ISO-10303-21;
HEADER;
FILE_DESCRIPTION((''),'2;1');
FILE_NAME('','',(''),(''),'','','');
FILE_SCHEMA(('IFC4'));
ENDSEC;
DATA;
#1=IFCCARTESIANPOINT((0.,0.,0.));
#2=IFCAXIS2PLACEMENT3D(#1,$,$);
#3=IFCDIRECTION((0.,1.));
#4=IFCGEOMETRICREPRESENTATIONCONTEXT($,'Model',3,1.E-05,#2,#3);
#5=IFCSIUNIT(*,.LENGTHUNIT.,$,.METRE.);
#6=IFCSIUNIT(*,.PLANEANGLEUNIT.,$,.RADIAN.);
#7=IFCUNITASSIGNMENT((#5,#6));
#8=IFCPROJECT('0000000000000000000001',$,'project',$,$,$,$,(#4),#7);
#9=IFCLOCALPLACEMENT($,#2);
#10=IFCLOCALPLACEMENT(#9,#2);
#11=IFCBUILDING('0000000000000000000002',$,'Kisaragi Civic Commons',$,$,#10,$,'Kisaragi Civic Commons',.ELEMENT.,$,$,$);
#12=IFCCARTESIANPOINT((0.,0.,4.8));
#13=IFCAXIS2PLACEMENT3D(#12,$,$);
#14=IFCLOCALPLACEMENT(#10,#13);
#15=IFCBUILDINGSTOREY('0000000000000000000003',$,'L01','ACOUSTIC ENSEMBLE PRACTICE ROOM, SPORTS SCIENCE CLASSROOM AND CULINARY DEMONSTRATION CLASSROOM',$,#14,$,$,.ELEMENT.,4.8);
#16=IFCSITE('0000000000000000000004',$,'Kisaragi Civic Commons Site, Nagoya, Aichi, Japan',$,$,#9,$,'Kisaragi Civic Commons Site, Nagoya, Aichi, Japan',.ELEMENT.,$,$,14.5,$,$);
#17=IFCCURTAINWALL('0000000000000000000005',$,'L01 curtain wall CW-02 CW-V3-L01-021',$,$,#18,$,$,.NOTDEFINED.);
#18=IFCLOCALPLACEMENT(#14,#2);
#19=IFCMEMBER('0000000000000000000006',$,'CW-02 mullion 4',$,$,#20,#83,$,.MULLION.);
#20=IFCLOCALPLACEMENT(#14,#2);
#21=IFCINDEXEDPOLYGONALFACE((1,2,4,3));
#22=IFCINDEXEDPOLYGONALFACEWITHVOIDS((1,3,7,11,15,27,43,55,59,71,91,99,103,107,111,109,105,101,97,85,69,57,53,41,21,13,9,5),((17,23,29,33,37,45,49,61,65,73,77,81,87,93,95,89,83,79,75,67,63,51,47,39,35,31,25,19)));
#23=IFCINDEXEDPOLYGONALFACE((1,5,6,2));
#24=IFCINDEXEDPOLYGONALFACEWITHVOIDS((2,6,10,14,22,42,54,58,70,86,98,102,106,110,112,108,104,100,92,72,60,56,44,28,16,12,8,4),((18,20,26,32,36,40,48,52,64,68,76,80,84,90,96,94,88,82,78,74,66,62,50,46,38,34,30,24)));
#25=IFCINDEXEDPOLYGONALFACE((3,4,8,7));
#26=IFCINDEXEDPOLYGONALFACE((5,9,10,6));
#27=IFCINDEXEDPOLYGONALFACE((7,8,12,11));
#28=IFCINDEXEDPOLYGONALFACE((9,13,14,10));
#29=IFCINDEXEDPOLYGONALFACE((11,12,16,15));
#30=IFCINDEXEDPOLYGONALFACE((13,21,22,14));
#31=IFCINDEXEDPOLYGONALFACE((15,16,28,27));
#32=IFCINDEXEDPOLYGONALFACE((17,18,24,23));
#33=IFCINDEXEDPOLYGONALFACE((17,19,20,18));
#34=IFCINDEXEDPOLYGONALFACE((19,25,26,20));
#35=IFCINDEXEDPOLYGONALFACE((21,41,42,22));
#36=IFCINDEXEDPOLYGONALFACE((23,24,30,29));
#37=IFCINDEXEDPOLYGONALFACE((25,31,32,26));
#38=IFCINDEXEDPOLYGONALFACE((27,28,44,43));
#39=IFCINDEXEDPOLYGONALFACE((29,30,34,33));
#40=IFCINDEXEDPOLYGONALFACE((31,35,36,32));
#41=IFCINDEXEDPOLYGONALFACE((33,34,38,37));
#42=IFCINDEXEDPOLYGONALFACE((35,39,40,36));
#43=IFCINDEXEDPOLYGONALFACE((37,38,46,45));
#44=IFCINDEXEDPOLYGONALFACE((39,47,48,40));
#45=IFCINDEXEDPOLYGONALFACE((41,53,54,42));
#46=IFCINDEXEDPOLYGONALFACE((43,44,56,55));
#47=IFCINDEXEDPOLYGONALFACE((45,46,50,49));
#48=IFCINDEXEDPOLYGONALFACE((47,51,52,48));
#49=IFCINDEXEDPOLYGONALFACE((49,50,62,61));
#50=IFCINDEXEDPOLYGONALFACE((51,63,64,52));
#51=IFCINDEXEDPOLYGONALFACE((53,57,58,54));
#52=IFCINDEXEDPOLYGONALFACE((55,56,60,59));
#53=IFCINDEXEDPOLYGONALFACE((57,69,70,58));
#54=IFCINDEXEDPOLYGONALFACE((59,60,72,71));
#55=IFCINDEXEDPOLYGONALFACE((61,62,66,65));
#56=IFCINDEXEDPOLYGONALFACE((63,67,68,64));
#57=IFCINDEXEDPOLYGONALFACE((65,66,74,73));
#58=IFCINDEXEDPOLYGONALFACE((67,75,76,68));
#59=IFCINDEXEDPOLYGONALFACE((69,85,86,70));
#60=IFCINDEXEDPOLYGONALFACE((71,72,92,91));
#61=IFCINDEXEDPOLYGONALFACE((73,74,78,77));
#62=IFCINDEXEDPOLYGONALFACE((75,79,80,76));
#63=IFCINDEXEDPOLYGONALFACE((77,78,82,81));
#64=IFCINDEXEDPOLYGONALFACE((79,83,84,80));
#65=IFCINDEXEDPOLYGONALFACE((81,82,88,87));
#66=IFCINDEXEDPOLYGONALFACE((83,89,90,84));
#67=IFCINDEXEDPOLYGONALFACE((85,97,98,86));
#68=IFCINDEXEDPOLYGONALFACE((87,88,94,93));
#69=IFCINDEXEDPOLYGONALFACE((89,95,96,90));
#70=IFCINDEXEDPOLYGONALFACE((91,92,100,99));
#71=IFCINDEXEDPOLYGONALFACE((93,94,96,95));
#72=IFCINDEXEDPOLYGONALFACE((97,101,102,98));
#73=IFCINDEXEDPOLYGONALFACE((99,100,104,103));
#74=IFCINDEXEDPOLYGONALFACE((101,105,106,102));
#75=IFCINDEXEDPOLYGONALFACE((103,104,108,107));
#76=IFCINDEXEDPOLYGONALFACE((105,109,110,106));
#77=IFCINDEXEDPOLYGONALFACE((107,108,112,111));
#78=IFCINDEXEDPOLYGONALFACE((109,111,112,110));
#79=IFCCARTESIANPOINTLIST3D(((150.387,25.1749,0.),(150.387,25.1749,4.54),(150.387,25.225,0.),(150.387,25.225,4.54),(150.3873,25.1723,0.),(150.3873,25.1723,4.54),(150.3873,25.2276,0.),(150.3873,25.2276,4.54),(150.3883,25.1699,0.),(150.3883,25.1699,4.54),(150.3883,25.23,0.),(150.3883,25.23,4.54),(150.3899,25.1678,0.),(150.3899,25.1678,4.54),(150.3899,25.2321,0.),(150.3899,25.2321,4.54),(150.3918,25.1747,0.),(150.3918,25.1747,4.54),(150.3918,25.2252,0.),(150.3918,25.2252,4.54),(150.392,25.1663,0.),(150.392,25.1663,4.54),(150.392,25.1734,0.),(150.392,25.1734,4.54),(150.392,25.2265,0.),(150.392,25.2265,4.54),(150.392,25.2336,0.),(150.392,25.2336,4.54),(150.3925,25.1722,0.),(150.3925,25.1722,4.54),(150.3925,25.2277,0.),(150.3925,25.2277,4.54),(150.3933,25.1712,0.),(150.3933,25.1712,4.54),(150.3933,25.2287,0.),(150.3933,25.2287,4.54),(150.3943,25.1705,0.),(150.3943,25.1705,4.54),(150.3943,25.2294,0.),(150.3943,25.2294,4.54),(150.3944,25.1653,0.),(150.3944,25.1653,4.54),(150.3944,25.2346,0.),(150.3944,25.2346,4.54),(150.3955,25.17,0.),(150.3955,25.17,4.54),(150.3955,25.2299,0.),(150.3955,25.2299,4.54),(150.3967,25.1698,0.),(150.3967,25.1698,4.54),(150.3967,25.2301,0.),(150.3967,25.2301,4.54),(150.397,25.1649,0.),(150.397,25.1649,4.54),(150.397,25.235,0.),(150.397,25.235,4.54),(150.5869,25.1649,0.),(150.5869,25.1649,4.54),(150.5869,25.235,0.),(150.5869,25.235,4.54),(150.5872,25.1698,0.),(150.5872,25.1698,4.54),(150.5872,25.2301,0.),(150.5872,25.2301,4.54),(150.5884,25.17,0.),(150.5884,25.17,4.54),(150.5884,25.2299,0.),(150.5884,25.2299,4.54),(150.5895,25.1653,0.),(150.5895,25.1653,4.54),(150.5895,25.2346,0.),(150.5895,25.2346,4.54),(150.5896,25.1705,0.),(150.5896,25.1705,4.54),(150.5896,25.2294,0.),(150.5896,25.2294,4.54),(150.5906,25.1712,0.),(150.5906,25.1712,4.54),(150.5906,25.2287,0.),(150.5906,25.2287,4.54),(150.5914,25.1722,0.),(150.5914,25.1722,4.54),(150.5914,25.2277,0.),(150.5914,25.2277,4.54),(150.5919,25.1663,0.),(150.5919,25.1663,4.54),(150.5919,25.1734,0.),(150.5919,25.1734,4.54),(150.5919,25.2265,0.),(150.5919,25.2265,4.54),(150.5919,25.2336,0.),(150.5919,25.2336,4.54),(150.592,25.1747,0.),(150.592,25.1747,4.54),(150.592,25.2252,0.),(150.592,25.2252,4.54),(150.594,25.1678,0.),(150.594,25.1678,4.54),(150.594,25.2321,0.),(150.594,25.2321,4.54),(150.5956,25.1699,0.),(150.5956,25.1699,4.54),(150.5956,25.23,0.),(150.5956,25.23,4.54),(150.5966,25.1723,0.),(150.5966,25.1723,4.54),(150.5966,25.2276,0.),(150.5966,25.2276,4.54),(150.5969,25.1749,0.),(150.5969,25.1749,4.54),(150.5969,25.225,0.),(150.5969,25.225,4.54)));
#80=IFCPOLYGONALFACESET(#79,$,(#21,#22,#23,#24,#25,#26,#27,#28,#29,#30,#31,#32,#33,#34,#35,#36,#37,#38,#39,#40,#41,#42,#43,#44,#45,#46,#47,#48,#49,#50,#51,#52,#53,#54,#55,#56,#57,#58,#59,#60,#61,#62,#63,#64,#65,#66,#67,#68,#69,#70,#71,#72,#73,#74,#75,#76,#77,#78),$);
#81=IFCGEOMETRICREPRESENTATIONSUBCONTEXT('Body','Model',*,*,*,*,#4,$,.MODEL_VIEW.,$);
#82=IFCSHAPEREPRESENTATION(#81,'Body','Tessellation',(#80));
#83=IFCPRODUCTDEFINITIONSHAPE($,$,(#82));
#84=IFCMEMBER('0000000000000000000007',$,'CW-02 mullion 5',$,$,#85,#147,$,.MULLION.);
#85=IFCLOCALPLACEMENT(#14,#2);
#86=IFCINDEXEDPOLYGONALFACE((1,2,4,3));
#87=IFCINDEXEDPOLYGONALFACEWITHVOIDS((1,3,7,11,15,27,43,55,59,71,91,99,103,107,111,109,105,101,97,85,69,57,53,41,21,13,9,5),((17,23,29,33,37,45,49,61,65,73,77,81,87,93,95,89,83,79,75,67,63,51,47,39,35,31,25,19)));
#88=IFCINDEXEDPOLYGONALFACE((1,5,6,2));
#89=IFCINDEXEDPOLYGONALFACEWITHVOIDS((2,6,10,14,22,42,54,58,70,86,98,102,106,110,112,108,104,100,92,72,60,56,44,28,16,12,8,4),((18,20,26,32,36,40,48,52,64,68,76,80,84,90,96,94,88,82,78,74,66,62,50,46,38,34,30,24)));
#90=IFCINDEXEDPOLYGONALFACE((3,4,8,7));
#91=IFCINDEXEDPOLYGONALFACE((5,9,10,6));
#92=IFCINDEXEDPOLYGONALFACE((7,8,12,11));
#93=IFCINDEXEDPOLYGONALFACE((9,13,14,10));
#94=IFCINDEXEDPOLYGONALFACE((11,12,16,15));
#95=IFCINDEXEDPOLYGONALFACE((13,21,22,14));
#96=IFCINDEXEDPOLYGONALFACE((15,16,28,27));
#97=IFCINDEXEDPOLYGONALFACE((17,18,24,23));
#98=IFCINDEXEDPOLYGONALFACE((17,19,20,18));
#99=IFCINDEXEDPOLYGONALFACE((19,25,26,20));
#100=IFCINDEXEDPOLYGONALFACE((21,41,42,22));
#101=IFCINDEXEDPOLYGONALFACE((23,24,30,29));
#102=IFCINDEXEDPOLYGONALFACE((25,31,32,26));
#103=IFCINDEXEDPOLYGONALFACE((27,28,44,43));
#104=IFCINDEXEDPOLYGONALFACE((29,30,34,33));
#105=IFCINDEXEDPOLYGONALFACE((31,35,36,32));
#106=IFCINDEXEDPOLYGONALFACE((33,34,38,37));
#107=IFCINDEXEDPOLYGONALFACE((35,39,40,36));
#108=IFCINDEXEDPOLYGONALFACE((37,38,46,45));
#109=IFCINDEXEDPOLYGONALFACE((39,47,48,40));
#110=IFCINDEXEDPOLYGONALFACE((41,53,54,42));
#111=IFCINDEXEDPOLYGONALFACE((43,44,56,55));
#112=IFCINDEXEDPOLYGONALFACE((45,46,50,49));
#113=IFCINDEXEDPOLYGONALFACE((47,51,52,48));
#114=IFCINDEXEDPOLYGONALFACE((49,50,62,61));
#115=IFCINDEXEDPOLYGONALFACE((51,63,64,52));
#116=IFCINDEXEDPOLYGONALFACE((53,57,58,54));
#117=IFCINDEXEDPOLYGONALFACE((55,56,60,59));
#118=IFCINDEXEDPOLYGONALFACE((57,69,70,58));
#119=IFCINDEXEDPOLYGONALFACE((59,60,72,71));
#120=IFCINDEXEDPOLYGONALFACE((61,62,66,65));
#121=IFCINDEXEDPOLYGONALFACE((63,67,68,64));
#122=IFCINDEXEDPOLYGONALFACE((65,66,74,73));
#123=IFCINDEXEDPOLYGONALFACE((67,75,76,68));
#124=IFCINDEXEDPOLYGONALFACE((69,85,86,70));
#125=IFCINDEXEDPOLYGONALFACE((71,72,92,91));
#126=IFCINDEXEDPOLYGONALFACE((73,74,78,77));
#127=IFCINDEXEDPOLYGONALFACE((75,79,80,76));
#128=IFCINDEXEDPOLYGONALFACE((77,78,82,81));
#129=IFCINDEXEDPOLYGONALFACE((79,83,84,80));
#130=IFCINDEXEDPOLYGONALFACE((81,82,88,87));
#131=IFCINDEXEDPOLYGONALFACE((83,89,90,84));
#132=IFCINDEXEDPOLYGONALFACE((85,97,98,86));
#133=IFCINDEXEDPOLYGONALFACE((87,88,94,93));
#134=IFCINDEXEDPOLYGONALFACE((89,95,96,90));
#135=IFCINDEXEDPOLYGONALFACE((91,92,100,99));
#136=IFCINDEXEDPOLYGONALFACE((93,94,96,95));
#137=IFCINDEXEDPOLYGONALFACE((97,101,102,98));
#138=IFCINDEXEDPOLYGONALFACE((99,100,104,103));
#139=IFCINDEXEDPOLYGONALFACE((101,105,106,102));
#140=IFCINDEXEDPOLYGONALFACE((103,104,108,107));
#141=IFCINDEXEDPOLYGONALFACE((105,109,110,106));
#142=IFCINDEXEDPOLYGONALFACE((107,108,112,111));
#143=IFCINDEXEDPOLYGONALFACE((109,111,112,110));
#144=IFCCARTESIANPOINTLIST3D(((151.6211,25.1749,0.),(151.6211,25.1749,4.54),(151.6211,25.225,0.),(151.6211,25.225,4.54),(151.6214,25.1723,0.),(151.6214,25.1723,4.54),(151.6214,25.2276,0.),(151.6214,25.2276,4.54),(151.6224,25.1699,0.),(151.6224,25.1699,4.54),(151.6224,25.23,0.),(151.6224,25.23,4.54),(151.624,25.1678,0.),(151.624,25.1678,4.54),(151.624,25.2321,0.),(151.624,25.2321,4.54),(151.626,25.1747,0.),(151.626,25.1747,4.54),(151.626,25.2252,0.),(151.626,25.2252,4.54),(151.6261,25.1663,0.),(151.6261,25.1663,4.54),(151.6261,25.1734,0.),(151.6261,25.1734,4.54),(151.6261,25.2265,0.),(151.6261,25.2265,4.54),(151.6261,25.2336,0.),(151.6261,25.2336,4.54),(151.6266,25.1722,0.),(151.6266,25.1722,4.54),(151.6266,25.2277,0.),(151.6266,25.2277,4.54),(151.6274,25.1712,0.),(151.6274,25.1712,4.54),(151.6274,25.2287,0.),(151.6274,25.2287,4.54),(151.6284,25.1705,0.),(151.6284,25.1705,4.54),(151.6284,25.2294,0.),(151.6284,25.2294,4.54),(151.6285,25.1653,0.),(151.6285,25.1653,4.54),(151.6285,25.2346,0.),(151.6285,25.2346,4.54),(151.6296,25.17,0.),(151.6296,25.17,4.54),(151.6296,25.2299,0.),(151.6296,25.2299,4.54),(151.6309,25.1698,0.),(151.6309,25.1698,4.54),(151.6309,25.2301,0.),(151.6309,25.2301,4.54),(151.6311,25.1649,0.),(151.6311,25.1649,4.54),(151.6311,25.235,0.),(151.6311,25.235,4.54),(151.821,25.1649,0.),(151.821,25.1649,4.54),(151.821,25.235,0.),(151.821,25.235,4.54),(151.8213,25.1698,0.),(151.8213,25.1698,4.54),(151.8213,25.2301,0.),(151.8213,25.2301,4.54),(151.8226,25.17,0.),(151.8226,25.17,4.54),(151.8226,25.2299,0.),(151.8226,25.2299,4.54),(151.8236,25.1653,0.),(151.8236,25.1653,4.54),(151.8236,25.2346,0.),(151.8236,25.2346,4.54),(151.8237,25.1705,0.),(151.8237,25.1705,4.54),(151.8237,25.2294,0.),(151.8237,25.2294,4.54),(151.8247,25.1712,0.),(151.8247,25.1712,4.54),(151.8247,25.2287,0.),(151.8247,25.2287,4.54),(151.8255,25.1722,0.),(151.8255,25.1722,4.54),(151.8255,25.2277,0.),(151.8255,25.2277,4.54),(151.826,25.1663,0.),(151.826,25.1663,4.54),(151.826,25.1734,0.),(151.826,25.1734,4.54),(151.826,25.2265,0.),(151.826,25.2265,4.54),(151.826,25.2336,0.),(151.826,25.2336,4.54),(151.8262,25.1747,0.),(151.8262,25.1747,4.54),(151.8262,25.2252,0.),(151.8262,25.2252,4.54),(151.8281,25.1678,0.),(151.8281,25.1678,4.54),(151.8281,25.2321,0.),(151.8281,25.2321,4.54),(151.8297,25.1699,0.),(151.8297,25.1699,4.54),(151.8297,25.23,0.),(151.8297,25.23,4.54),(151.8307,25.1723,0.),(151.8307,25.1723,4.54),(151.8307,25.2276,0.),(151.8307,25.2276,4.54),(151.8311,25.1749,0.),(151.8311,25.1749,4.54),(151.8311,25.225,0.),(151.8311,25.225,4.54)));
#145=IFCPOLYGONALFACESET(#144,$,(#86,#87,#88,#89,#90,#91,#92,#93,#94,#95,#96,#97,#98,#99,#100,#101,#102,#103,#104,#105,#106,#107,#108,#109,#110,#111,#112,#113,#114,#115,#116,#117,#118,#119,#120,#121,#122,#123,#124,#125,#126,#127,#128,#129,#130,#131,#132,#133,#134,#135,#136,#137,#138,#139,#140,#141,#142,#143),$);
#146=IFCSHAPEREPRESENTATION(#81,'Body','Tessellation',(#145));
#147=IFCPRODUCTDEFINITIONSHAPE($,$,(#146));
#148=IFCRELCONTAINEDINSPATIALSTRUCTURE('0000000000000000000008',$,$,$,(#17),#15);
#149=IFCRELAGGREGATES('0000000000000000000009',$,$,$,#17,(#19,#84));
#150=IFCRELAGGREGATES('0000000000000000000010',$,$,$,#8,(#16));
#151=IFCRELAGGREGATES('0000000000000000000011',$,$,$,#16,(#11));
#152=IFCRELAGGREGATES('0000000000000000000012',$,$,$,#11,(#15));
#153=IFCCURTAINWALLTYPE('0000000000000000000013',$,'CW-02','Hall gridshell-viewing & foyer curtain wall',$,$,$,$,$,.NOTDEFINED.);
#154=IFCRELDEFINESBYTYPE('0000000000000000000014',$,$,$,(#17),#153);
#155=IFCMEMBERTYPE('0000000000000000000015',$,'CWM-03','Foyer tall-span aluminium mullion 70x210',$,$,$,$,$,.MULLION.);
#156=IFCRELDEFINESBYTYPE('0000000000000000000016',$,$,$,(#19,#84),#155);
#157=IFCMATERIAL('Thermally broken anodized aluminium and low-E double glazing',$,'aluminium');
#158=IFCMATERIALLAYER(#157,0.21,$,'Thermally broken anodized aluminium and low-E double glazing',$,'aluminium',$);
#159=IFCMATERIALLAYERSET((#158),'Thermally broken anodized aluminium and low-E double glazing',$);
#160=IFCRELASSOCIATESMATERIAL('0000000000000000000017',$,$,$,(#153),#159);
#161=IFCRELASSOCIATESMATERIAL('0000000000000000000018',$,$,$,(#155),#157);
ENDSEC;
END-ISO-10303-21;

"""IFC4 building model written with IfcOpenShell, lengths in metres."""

from ifc_helpers import new_model, si_unit, direction, frame, origin, origin_2d, place, context, subcontext, project, spatial, hollow_rectangle, extrude, material, layer, layer_set, material_profile, profile_set, type_object, element, aggregate, save


model = new_model("IFC4")

# Units and contexts
model_context = context("Model", 3, precision=1e-05, world=origin(), true_north=direction((0.0, 1.0)))
body_context = subcontext(model_context, "Body", "Model", "MODEL_VIEW")
ifc_project = project(units=[si_unit("LENGTHUNIT", "METRE"), si_unit("PLANEANGLEUNIT", "RADIAN")], contexts=[model_context])

# Site, building, storey
site_placement = place(None, origin())
site = spatial("IfcSite", under=ifc_project, at=site_placement, Name="Kisaragi Civic Commons Site, Nagoya, Aichi, Japan", LongName="Kisaragi Civic Commons Site, Nagoya, Aichi, Japan", CompositionType="ELEMENT", RefElevation=14.5)
building_placement = place(site_placement, origin())
building = spatial("IfcBuilding", under=site, at=building_placement, Name="Kisaragi Civic Commons", LongName="Kisaragi Civic Commons", CompositionType="ELEMENT")
storey_placement = place(building_placement, frame((0.0, 0.0, 4.8)))
storey = spatial("IfcBuildingStorey", under=building, at=storey_placement, Name="L01", Description="ACOUSTIC ENSEMBLE PRACTICE ROOM, SPORTS SCIENCE CLASSROOM AND CULINARY DEMONSTRATION CLASSROOM", CompositionType="ELEMENT", Elevation=4.8)

# Curtain wall, members
ifc_material_1 = material(Name="Thermally broken anodized aluminium and low-E double glazing", Category="aluminium")
ifc_layer_1 = layer(ifc_material_1, 0.21, Name="Thermally broken anodized aluminium and low-E double glazing", Category="aluminium")
ifc_layer_set_1 = layer_set([ifc_layer_1], Name="Thermally broken anodized aluminium and low-E double glazing")
curtain_wall_type = type_object("IfcCurtainWallType", Name="CW-02", Description="Hall gridshell-viewing & foyer curtain wall", PredefinedType="NOTDEFINED", material=ifc_layer_set_1)
curtain_wall_1_placement = place(storey_placement, origin())
curtain_wall_1 = element("IfcCurtainWall", 1, at=curtain_wall_1_placement, inside=storey, type_object=curtain_wall_type, Name="L01 curtain wall CW-02 CW-V3-L01-021", PredefinedType="NOTDEFINED")
ifc_material_profile_1 = material_profile(ifc_material_1, hollow_rectangle(XDim=0.0701, YDim=0.21, WallThickness=0.0049, InnerFilletRadius=0.0049, OuterFilletRadius=0.01, at=origin_2d()), Name="CWM-70x210x5", Category="aluminium")
ifc_profile_set_1 = profile_set([ifc_material_profile_1], Name="Thermally broken anodized aluminium and low-E double glazing")
member_type_1 = type_object("IfcMemberType", Name="CWM-03", Description="Foyer tall-span aluminium mullion 70x210", PredefinedType="MULLION", material=ifc_profile_set_1)
member_1_placement = place(storey_placement, frame((150.4919, 25.2, 0.0), z_axis=(0.0, 0.0, 1.0), x_axis=(0.0, 1.0, 0.0)))
member_1 = element("IfcMember", 2, at=member_1_placement, type_object=member_type_1, Name="CW-02 mullion 4", PredefinedType="MULLION", context=body_context, shape_type="SweptSolid", body=[
    extrude(hollow_rectangle(XDim=0.0701, YDim=0.21, WallThickness=0.0049, InnerFilletRadius=0.0049, OuterFilletRadius=0.01, at=origin_2d()), origin(), (0.0, 0.0, 1.0), 4.54),
])
member_2_placement = place(storey_placement, frame((151.7261, 25.2, 0.0), z_axis=(0.0, 0.0, 1.0), x_axis=(0.0, 1.0, 0.0)))
member_2 = element("IfcMember", 3, at=member_2_placement, type_object=member_type_1, Name="CW-02 mullion 5", PredefinedType="MULLION", context=body_context, shape_type="SweptSolid", body=[
    extrude(hollow_rectangle(XDim=0.0701, YDim=0.21, WallThickness=0.0049, InnerFilletRadius=0.0049, OuterFilletRadius=0.01, at=origin_2d()), origin(), (0.0, 0.0, 1.0), 4.54),
])

aggregate(curtain_wall_1, [member_1, member_2])

save(model, "model.ifc")
